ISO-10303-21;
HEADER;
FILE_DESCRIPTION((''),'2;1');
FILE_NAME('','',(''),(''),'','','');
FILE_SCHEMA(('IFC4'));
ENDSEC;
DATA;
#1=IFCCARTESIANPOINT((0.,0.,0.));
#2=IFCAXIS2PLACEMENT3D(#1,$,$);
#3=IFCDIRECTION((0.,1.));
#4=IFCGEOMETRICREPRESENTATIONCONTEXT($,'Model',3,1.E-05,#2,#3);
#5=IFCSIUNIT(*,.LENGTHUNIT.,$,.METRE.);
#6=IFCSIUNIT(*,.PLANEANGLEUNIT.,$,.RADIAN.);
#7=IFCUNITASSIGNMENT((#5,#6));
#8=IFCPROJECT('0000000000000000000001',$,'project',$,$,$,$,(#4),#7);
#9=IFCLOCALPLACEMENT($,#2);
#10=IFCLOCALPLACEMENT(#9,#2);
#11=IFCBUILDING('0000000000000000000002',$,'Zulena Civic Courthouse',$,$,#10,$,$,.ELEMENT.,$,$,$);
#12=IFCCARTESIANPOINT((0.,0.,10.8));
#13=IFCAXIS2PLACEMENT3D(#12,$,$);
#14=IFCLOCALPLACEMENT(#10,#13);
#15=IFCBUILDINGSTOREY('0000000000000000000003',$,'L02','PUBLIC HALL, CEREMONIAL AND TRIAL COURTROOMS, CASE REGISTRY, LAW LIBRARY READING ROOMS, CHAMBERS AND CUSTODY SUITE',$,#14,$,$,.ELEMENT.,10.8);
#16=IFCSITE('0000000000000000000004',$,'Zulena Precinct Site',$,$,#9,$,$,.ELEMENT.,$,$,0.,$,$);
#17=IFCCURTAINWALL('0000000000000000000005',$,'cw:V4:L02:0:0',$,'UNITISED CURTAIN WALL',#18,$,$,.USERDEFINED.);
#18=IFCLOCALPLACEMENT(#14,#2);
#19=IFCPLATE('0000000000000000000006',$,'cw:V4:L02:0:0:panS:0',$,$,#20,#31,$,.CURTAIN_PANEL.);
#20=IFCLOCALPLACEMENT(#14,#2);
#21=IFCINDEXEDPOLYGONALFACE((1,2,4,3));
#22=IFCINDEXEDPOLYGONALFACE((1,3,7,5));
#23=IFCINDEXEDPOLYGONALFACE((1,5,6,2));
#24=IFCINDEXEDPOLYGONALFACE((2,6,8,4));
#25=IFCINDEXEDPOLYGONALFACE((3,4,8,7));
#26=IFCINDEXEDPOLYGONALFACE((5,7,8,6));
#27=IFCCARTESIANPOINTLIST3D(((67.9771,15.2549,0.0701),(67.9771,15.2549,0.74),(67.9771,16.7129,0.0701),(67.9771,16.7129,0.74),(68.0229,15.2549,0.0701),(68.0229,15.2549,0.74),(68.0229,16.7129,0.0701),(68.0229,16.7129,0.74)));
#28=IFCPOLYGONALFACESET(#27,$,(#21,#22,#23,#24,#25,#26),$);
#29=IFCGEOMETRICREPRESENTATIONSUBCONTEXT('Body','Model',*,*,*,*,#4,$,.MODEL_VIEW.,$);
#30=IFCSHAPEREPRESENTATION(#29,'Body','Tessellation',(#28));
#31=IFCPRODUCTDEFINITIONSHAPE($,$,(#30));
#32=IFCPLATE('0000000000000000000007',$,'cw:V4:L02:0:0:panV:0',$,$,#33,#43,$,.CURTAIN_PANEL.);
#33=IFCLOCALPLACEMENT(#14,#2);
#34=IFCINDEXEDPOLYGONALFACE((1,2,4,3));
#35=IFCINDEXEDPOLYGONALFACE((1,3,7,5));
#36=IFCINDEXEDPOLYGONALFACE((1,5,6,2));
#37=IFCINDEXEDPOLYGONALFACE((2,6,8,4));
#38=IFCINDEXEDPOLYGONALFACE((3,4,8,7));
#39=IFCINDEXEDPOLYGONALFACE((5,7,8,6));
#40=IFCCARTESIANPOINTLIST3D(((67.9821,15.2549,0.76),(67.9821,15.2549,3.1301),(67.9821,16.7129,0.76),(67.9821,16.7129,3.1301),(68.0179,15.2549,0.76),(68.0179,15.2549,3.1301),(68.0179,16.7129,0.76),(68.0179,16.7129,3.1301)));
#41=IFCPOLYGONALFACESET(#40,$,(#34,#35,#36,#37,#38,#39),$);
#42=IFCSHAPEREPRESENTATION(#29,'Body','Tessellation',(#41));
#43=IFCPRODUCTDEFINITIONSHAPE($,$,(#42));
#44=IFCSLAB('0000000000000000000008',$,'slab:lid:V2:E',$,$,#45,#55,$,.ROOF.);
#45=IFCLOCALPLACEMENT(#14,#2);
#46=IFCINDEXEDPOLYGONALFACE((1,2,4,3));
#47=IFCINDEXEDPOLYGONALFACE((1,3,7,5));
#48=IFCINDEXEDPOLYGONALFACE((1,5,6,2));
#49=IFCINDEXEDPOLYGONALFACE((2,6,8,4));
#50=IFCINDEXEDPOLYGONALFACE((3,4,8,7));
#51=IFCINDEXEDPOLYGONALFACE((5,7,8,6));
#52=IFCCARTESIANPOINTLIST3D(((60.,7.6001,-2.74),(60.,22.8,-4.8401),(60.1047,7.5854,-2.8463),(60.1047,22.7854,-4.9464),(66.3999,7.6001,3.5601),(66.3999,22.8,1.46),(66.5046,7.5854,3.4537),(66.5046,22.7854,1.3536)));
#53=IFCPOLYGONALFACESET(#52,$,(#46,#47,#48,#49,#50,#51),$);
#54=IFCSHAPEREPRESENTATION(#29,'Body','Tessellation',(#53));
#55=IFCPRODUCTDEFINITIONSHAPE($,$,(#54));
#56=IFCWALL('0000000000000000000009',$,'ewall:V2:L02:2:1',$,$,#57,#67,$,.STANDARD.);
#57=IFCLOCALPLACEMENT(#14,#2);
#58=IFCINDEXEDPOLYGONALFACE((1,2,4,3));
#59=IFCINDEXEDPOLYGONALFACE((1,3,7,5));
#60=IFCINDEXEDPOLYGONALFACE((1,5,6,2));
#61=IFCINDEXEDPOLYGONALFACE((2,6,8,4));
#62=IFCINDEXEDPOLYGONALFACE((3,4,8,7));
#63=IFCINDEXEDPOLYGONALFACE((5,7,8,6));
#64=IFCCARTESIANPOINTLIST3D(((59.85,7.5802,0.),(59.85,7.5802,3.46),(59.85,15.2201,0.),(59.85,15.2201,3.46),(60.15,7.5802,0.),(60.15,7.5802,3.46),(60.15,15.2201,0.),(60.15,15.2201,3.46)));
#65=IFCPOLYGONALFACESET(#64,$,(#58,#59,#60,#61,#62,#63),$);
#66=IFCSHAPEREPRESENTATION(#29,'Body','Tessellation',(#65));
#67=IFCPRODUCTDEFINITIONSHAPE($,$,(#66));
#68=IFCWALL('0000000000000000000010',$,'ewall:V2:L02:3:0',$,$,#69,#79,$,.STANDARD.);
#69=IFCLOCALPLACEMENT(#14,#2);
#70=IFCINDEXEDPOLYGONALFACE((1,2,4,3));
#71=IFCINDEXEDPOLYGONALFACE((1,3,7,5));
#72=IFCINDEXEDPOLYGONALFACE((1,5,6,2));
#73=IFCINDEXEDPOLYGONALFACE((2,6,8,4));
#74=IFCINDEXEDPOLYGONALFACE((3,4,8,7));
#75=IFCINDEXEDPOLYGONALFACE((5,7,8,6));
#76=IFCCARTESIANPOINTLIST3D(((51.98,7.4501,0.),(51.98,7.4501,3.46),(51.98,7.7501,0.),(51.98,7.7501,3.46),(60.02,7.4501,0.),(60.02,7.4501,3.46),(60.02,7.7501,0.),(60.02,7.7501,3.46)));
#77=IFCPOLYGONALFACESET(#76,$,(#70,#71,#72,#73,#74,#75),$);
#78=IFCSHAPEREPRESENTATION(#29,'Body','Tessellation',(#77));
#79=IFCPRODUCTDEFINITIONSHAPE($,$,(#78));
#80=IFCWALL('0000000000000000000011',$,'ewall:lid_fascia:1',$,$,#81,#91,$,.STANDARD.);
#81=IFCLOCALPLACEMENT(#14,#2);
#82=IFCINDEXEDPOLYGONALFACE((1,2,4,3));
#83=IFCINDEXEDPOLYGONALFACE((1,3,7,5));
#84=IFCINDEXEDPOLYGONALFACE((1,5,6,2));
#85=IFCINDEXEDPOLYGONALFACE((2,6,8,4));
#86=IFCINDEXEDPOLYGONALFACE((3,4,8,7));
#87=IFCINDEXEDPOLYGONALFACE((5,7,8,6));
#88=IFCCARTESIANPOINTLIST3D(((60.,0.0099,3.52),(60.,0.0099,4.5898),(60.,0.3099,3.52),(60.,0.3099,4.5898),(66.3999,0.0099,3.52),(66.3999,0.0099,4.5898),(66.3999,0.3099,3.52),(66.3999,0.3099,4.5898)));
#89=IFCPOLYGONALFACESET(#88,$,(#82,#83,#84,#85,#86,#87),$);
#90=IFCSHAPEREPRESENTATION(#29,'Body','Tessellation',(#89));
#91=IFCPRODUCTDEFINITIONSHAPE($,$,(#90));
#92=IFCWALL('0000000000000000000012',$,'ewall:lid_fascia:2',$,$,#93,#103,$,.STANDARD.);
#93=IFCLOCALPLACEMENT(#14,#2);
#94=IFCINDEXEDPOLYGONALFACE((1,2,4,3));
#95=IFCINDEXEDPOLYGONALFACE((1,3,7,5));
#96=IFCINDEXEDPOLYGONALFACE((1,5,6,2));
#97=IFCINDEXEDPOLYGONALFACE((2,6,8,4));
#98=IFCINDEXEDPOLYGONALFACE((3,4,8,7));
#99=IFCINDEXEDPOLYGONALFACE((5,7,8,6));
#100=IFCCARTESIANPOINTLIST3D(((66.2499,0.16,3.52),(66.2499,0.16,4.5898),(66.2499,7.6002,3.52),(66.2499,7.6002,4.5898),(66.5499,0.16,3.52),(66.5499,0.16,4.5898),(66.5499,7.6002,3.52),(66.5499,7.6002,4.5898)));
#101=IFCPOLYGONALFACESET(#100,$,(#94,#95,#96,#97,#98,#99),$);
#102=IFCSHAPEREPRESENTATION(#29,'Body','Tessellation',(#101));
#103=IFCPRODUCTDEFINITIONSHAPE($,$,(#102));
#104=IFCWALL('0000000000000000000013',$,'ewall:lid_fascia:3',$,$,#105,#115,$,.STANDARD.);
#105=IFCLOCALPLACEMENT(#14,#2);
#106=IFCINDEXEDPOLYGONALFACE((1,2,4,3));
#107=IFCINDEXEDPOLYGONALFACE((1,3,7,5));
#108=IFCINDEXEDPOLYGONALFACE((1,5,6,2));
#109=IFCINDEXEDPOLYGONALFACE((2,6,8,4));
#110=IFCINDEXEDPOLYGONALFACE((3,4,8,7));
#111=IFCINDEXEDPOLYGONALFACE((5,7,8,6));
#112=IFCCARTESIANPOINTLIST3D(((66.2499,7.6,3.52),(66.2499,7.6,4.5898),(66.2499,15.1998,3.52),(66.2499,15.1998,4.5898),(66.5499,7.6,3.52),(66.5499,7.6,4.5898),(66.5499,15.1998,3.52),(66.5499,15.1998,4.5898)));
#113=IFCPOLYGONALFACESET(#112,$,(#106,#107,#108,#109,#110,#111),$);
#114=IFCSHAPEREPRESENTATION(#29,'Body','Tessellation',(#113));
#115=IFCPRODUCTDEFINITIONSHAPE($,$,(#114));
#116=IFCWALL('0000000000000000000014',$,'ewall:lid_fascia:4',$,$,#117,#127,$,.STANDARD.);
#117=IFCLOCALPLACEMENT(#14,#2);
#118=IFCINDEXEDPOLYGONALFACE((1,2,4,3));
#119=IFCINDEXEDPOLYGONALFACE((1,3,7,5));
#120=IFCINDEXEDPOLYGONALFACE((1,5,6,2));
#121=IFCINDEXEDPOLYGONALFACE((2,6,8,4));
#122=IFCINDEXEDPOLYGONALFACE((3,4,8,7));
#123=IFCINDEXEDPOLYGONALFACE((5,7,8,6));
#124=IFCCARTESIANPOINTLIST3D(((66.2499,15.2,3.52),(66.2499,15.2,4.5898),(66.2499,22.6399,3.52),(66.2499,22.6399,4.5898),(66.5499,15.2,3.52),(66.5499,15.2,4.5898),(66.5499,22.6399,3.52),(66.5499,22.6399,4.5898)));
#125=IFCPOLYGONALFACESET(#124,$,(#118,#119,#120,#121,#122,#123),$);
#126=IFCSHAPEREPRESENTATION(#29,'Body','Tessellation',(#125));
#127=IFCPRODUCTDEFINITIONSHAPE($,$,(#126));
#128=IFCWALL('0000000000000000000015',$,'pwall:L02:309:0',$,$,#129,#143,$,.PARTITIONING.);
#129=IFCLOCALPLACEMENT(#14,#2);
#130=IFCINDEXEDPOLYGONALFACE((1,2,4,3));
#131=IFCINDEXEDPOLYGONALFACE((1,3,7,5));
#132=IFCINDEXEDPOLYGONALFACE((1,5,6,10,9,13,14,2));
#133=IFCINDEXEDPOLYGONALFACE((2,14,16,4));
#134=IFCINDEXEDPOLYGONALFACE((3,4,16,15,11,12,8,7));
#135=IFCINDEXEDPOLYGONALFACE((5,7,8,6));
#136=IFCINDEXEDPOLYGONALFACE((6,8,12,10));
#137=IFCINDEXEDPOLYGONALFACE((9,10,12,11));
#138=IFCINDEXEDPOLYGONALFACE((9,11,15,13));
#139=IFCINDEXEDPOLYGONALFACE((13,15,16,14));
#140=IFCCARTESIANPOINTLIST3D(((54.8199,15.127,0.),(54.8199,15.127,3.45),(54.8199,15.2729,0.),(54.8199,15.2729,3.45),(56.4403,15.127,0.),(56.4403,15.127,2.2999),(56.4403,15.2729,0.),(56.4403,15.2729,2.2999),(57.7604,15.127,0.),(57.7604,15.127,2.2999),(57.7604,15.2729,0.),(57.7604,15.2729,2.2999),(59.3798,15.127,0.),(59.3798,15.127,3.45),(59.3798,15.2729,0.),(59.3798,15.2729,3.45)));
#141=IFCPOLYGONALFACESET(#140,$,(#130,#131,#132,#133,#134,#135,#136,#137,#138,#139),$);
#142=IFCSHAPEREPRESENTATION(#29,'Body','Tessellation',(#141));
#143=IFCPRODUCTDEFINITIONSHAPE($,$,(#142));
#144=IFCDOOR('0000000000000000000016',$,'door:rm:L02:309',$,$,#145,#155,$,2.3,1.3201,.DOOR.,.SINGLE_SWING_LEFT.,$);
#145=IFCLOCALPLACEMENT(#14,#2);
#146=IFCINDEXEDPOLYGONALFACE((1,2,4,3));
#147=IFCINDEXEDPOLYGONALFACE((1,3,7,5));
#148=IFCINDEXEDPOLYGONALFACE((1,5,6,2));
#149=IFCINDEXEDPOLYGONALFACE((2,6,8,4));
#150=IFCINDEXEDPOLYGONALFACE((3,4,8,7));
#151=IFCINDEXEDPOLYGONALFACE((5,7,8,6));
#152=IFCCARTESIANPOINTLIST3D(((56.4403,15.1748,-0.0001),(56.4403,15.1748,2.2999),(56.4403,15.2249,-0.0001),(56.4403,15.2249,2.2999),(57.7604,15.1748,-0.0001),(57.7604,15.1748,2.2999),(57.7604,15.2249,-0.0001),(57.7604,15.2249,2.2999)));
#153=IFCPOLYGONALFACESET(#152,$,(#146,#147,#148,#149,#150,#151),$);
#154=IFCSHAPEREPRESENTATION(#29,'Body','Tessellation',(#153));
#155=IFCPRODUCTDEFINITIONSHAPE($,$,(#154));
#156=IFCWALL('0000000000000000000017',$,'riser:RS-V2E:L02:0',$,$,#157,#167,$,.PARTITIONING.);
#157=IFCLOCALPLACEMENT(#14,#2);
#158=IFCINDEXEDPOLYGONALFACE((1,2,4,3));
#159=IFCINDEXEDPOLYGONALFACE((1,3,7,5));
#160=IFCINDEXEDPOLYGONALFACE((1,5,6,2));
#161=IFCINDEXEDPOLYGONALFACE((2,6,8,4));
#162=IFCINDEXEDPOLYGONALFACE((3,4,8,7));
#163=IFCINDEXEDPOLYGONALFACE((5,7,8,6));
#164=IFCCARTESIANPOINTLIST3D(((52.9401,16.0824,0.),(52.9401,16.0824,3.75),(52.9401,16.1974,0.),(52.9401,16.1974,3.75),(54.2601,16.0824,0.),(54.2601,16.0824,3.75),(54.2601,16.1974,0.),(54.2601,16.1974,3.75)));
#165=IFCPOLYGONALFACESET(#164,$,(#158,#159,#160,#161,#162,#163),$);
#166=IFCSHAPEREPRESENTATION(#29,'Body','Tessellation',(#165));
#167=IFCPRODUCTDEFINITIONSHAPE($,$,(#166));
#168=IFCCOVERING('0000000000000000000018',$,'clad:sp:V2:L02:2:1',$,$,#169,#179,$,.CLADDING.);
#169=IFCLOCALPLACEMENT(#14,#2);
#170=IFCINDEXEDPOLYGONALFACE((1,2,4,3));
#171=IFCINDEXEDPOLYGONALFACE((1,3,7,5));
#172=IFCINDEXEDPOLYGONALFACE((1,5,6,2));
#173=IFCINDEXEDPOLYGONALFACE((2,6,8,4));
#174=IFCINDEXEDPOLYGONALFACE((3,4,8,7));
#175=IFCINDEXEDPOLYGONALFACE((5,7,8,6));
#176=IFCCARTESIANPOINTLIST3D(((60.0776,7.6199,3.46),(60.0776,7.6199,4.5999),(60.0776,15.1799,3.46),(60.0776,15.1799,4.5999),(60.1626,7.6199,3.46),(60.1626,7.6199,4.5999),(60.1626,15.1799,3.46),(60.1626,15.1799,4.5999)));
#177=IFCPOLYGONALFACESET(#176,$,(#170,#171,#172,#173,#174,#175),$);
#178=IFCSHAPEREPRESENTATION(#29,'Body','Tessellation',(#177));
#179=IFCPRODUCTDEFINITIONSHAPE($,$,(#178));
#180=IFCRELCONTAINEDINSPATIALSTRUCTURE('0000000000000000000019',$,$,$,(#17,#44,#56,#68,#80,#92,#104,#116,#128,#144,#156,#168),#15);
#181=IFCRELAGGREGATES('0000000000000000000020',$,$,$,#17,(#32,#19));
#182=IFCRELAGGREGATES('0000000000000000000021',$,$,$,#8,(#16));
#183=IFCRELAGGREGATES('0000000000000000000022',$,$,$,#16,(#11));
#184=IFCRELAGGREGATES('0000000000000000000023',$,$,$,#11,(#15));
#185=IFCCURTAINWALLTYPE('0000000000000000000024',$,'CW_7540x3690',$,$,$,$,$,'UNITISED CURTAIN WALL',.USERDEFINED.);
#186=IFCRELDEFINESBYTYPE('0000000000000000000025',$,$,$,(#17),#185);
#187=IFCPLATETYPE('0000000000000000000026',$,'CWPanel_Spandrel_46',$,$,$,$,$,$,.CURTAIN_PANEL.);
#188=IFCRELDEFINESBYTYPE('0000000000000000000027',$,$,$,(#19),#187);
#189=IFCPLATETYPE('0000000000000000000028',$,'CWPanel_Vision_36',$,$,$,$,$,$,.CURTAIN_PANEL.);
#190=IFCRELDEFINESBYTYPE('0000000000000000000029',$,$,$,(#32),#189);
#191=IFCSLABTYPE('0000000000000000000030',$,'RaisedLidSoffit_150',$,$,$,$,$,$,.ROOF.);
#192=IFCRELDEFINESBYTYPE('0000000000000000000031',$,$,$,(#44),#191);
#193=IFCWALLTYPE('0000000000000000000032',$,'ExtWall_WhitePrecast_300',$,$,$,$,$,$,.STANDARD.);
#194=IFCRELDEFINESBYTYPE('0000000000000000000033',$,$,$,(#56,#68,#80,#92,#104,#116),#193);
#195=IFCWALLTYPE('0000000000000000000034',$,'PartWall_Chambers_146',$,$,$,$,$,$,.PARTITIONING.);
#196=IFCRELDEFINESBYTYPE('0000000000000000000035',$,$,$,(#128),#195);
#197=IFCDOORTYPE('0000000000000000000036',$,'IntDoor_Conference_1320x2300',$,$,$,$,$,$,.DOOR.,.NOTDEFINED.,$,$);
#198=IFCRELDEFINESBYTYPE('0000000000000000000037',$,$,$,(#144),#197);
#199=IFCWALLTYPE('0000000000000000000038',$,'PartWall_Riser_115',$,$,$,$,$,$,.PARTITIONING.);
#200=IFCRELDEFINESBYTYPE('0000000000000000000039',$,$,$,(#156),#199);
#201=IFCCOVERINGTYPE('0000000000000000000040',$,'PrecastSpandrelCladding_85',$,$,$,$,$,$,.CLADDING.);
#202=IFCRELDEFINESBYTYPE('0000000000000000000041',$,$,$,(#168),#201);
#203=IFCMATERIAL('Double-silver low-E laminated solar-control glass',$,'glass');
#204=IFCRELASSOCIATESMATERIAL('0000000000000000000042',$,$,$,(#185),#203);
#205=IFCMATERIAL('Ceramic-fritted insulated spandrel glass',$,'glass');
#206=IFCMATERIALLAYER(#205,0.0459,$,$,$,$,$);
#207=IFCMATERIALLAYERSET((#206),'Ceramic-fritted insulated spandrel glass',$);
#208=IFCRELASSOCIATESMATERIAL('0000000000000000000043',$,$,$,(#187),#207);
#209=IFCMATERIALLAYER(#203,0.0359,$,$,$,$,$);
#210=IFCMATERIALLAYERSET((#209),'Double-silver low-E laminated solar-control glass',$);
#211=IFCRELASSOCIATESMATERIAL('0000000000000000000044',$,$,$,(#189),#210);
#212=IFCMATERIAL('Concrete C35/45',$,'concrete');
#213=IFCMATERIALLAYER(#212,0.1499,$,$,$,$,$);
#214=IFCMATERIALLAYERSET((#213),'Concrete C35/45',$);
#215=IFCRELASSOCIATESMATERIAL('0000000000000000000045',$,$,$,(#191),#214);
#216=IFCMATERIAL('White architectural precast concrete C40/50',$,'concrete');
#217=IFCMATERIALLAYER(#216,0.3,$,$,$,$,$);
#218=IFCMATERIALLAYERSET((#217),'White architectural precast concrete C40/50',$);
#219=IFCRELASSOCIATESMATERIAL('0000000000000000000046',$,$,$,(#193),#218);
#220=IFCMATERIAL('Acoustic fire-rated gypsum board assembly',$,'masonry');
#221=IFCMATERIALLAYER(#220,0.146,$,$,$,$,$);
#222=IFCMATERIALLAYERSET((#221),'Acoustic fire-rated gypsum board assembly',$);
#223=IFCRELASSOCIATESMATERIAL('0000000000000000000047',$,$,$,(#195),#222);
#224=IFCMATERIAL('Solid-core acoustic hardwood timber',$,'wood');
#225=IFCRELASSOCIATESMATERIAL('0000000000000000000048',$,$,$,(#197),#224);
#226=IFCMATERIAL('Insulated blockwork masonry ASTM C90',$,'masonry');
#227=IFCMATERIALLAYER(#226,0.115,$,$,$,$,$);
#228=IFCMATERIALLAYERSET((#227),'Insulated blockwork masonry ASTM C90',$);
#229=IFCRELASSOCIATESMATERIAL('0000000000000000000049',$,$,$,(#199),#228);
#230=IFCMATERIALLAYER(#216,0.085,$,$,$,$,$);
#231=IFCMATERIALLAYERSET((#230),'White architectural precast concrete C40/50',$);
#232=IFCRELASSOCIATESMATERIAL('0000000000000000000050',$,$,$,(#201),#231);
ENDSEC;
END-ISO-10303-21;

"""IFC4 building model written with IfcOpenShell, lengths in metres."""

from ifc_helpers import new_model, si_unit, direction, frame, frame_2d, origin, origin_2d, place, context, subcontext, project, spatial, polyline, rectangle, outline, extrude, material, layer, layer_set, type_object, element, fill, aggregate, save


model = new_model("IFC4")

# Units and contexts
model_context = context("Model", 3, precision=1e-05, world=origin(), true_north=direction((0.0, 1.0)))
body_context = subcontext(model_context, "Body", "Model", "MODEL_VIEW")
ifc_project = project(units=[si_unit("LENGTHUNIT", "METRE"), si_unit("PLANEANGLEUNIT", "RADIAN")], contexts=[model_context])

# Site, building, storey
site_placement = place(None, origin())
site = spatial("IfcSite", under=ifc_project, at=site_placement, Name="Zulena Precinct Site", CompositionType="ELEMENT", RefElevation=0.0)
building_placement = place(site_placement, origin())
building = spatial("IfcBuilding", under=site, at=building_placement, Name="Zulena Civic Courthouse", CompositionType="ELEMENT")
storey_placement = place(building_placement, frame((0.0, 0.0, 10.8)))
storey = spatial("IfcBuildingStorey", under=building, at=storey_placement, Name="L02", Description="PUBLIC HALL, CEREMONIAL AND TRIAL COURTROOMS, CASE REGISTRY, LAW LIBRARY READING ROOMS, CHAMBERS AND CUSTODY SUITE", CompositionType="ELEMENT", Elevation=10.8)

# Curtain wall
ifc_material_1 = material(Name="Double-silver low-E laminated solar-control glass", Category="glass")
curtain_wall_type = type_object("IfcCurtainWallType", Name="CW_7540x3690", ElementType="UNITISED CURTAIN WALL", PredefinedType="USERDEFINED", material=ifc_material_1)
curtain_wall_placement = place(storey_placement, origin())
curtain_wall = element("IfcCurtainWall", 1, at=curtain_wall_placement, inside=storey, type_object=curtain_wall_type, Name="cw:V4:L02:0:0", ObjectType="UNITISED CURTAIN WALL", PredefinedType="USERDEFINED")

# Plates
ifc_material_2 = material(Name="Ceramic-fritted insulated spandrel glass", Category="glass")
ifc_layer_1 = layer(ifc_material_2, 0.0459)
ifc_layer_set_1 = layer_set([ifc_layer_1], Name="Ceramic-fritted insulated spandrel glass")
plate_type_1 = type_object("IfcPlateType", Name="CWPanel_Spandrel_46", PredefinedType="CURTAIN_PANEL", material=ifc_layer_set_1)
plate_1_placement = place(storey_placement, frame((68.0, 15.9839, 0.0701), z_axis=(0.0, 0.0, 1.0), x_axis=(0.0, 1.0, 0.0)))
plate_1 = element("IfcPlate", 2, at=plate_1_placement, type_object=plate_type_1, Name="cw:V4:L02:0:0:panS:0", PredefinedType="CURTAIN_PANEL", context=body_context, shape_type="SweptSolid", body=[
    extrude(rectangle(XDim=1.458, YDim=0.0459, at=origin_2d()), origin(), (0.0, 0.0, 1.0), 0.6699),
])
ifc_layer_2 = layer(ifc_material_1, 0.0359)
ifc_layer_set_2 = layer_set([ifc_layer_2], Name="Double-silver low-E laminated solar-control glass")
plate_type_2 = type_object("IfcPlateType", Name="CWPanel_Vision_36", PredefinedType="CURTAIN_PANEL", material=ifc_layer_set_2)
plate_2_placement = place(storey_placement, frame((68.0, 15.9839, 0.76), z_axis=(0.0, 0.0, 1.0), x_axis=(0.0, 1.0, 0.0)))
plate_2 = element("IfcPlate", 3, at=plate_2_placement, type_object=plate_type_2, Name="cw:V4:L02:0:0:panV:0", PredefinedType="CURTAIN_PANEL", context=body_context, shape_type="SweptSolid", body=[
    extrude(rectangle(XDim=1.458, YDim=0.0359, at=origin_2d()), origin(), (0.0, 0.0, 1.0), 2.3701),
])
aggregate(curtain_wall, [plate_2, plate_1])

# Slab
ifc_material_3 = material(Name="Concrete C35/45", Category="concrete")
ifc_layer_3 = layer(ifc_material_3, 0.1499)
ifc_layer_set_3 = layer_set([ifc_layer_3], Name="Concrete C35/45")
slab_type = type_object("IfcSlabType", Name="RaisedLidSoffit_150", PredefinedType="ROOF", material=ifc_layer_set_3)
slab_placement = place(storey_placement, frame((60.0, 7.6001, -2.74), z_axis=(-0.698149, 0.097988, 0.709215), x_axis=(0.712644, 0.0, 0.701525)))
element("IfcSlab", 4, at=slab_placement, inside=storey, type_object=slab_type, Name="slab:lid:V2:E", PredefinedType="ROOF", context=body_context, shape_type="SweptSolid", body=[
    extrude(outline(polyline([(0.0, 0.0), (8.9805, 0.0), (7.5072, 15.2735), (-1.4733, 15.2735), (0.0, 0.0)])), origin(), (0.0, 0.0, -1.0), 0.1499),
])

# Walls
ifc_material_4 = material(Name="White architectural precast concrete C40/50", Category="concrete")
ifc_layer_4 = layer(ifc_material_4, 0.3)
ifc_layer_set_4 = layer_set([ifc_layer_4], Name="White architectural precast concrete C40/50")
wall_type_1 = type_object("IfcWallType", Name="ExtWall_WhitePrecast_300", PredefinedType="STANDARD", material=ifc_layer_set_4)
wall_1_placement = place(storey_placement, frame((60.0, 15.22, 0.0), z_axis=(0.0, 0.0, 1.0), x_axis=(0.0, -1.0, 0.0)))
element("IfcWall", 5, at=wall_1_placement, inside=storey, type_object=wall_type_1, Name="ewall:V2:L02:2:1", PredefinedType="STANDARD", context=body_context, shape_type="SweptSolid", body=[
    extrude(rectangle(XDim=7.6399, YDim=0.3, at=frame_2d((3.8198, 0.0))), origin(), (0.0, 0.0, 1.0), 3.46),
])
wall_2_placement = place(storey_placement, frame((60.02, 7.6001, 0.0), z_axis=(0.0, 0.0, 1.0), x_axis=(-1.0, 0.0, 0.0)))
element("IfcWall", 6, at=wall_2_placement, inside=storey, type_object=wall_type_1, Name="ewall:V2:L02:3:0", PredefinedType="STANDARD", context=body_context, shape_type="SweptSolid", body=[
    extrude(rectangle(XDim=8.04, YDim=0.3, at=frame_2d((4.02, 0.0))), origin(), (0.0, 0.0, 1.0), 3.46),
])
wall_3_placement = place(storey_placement, frame((60.0, 0.1599, 3.52), z_axis=(0.0, 0.0, 1.0), x_axis=(1.0, 0.0, 0.0)))
element("IfcWall", 7, at=wall_3_placement, inside=storey, type_object=wall_type_1, Name="ewall:lid_fascia:1", PredefinedType="STANDARD", context=body_context, shape_type="SweptSolid", body=[
    extrude(rectangle(XDim=6.3999, YDim=0.3, at=frame_2d((3.2, 0.0))), origin(), (0.0, 0.0, 1.0), 1.0698),
])
wall_4_placement = place(storey_placement, frame((66.3999, 0.1599, 3.52), z_axis=(0.0, 0.0, 1.0), x_axis=(0.0, 1.0, 0.0)))
element("IfcWall", 8, at=wall_4_placement, inside=storey, type_object=wall_type_1, Name="ewall:lid_fascia:2", PredefinedType="STANDARD", context=body_context, shape_type="SweptSolid", body=[
    extrude(rectangle(XDim=7.4402, YDim=0.3, at=frame_2d((3.7202, 0.0))), origin(), (0.0, 0.0, 1.0), 1.0698),
])
wall_5_placement = place(storey_placement, frame((66.3999, 7.6001, 3.52), z_axis=(0.0, 0.0, 1.0), x_axis=(0.0, 1.0, 0.0)))
element("IfcWall", 9, at=wall_5_placement, inside=storey, type_object=wall_type_1, Name="ewall:lid_fascia:3", PredefinedType="STANDARD", context=body_context, shape_type="SweptSolid", body=[
    extrude(rectangle(XDim=7.5999, YDim=0.3, at=frame_2d((3.7998, 0.0))), origin(), (0.0, 0.0, 1.0), 1.0698),
])
wall_6_placement = place(storey_placement, frame((66.3999, 15.2, 3.52), z_axis=(0.0, 0.0, 1.0), x_axis=(0.0, 1.0, 0.0)))
element("IfcWall", 10, at=wall_6_placement, inside=storey, type_object=wall_type_1, Name="ewall:lid_fascia:4", PredefinedType="STANDARD", context=body_context, shape_type="SweptSolid", body=[
    extrude(rectangle(XDim=7.4399, YDim=0.3, at=frame_2d((3.72, 0.0))), origin(), (0.0, 0.0, 1.0), 1.0698),
])

# Wall, opening, door
ifc_material_5 = material(Name="Acoustic fire-rated gypsum board assembly", Category="masonry")
ifc_layer_5 = layer(ifc_material_5, 0.146)
ifc_layer_set_5 = layer_set([ifc_layer_5], Name="Acoustic fire-rated gypsum board assembly")
wall_type_2 = type_object("IfcWallType", Name="PartWall_Chambers_146", PredefinedType="PARTITIONING", material=ifc_layer_set_5)
wall_7_placement = place(storey_placement, frame((54.8201, 15.2, 0.0), z_axis=(0.0, 0.0, 1.0), x_axis=(1.0, 0.0, 0.0)))
wall_7 = element("IfcWall", 11, at=wall_7_placement, inside=storey, type_object=wall_type_2, Name="pwall:L02:309:0", PredefinedType="PARTITIONING", context=body_context, shape_type="SweptSolid", body=[
    extrude(rectangle(XDim=4.5598, YDim=0.146, at=frame_2d((2.2798, 0.0))), origin(), (0.0, 0.0, 1.0), 3.45),
])
opening_placement = place(wall_7_placement, frame((1.6201, 0.0, 0.0)))
opening = element("IfcOpeningElement", 12, at=opening_placement, cuts=wall_7, PredefinedType="OPENING", context=body_context, shape_type="SweptSolid", body=[
    extrude(rectangle(XDim=1.3201, YDim=2.3, at=frame_2d((0.6602, 1.1499))), frame((0.0, 0.083, 0.0), z_axis=(0.0, -1.0, 0.0), x_axis=(1.0, 0.0, 0.0)), (0.0, 0.0, 1.0), 0.166),
])
ifc_material_6 = material(Name="Solid-core acoustic hardwood timber", Category="wood")
door_type = type_object("IfcDoorType", Name="IntDoor_Conference_1320x2300", OperationType="NOTDEFINED", PredefinedType="DOOR", material=ifc_material_6)
door_placement = place(opening_placement, origin())
door = element("IfcDoor", 13, at=door_placement, inside=storey, type_object=door_type, Name="door:rm:L02:309", OperationType="SINGLE_SWING_LEFT", OverallHeight=2.3, OverallWidth=1.3201, PredefinedType="DOOR", context=body_context, shape_type="SweptSolid", body=[
    extrude(rectangle(XDim=1.3201, YDim=2.3, at=frame_2d((0.6602, 1.1499))), frame((0.0, 0.0249, 0.0), z_axis=(0.0, -1.0, 0.0), x_axis=(1.0, 0.0, 0.0)), (0.0, 0.0, 1.0), 0.05),
])
fill(opening, door)

# Wall
ifc_material_7 = material(Name="Insulated blockwork masonry ASTM C90", Category="masonry")
ifc_layer_6 = layer(ifc_material_7, 0.115)
ifc_layer_set_6 = layer_set([ifc_layer_6], Name="Insulated blockwork masonry ASTM C90")
wall_type_3 = type_object("IfcWallType", Name="PartWall_Riser_115", PredefinedType="PARTITIONING", material=ifc_layer_set_6)
wall_8_placement = place(storey_placement, frame((52.9399, 16.1399, 0.0), z_axis=(0.0, 0.0, 1.0), x_axis=(1.0, 0.0, 0.0)))
element("IfcWall", 14, at=wall_8_placement, inside=storey, type_object=wall_type_3, Name="riser:RS-V2E:L02:0", PredefinedType="PARTITIONING", context=body_context, shape_type="SweptSolid", body=[
    extrude(rectangle(XDim=1.3201, YDim=0.115, at=frame_2d((0.6602, 0.0))), origin(), (0.0, 0.0, 1.0), 3.75),
])

# Covering
ifc_layer_7 = layer(ifc_material_4, 0.085)
ifc_layer_set_7 = layer_set([ifc_layer_7], Name="White architectural precast concrete C40/50")
covering_type = type_object("IfcCoveringType", Name="PrecastSpandrelCladding_85", PredefinedType="CLADDING", material=ifc_layer_set_7)
covering_1_placement = place(storey_placement, frame((60.1201, 11.3999, 3.46), z_axis=(0.0, 0.0, 1.0), x_axis=(0.0, -1.0, 0.0)))
element("IfcCovering", 15, at=covering_1_placement, inside=storey, type_object=covering_type, Name="clad:sp:V2:L02:2:1", PredefinedType="CLADDING", context=body_context, shape_type="SweptSolid", body=[
    extrude(rectangle(XDim=7.5601, YDim=0.085, at=origin_2d()), origin(), (0.0, 0.0, 1.0), 1.1399),
])

save(model, "model.ifc")
